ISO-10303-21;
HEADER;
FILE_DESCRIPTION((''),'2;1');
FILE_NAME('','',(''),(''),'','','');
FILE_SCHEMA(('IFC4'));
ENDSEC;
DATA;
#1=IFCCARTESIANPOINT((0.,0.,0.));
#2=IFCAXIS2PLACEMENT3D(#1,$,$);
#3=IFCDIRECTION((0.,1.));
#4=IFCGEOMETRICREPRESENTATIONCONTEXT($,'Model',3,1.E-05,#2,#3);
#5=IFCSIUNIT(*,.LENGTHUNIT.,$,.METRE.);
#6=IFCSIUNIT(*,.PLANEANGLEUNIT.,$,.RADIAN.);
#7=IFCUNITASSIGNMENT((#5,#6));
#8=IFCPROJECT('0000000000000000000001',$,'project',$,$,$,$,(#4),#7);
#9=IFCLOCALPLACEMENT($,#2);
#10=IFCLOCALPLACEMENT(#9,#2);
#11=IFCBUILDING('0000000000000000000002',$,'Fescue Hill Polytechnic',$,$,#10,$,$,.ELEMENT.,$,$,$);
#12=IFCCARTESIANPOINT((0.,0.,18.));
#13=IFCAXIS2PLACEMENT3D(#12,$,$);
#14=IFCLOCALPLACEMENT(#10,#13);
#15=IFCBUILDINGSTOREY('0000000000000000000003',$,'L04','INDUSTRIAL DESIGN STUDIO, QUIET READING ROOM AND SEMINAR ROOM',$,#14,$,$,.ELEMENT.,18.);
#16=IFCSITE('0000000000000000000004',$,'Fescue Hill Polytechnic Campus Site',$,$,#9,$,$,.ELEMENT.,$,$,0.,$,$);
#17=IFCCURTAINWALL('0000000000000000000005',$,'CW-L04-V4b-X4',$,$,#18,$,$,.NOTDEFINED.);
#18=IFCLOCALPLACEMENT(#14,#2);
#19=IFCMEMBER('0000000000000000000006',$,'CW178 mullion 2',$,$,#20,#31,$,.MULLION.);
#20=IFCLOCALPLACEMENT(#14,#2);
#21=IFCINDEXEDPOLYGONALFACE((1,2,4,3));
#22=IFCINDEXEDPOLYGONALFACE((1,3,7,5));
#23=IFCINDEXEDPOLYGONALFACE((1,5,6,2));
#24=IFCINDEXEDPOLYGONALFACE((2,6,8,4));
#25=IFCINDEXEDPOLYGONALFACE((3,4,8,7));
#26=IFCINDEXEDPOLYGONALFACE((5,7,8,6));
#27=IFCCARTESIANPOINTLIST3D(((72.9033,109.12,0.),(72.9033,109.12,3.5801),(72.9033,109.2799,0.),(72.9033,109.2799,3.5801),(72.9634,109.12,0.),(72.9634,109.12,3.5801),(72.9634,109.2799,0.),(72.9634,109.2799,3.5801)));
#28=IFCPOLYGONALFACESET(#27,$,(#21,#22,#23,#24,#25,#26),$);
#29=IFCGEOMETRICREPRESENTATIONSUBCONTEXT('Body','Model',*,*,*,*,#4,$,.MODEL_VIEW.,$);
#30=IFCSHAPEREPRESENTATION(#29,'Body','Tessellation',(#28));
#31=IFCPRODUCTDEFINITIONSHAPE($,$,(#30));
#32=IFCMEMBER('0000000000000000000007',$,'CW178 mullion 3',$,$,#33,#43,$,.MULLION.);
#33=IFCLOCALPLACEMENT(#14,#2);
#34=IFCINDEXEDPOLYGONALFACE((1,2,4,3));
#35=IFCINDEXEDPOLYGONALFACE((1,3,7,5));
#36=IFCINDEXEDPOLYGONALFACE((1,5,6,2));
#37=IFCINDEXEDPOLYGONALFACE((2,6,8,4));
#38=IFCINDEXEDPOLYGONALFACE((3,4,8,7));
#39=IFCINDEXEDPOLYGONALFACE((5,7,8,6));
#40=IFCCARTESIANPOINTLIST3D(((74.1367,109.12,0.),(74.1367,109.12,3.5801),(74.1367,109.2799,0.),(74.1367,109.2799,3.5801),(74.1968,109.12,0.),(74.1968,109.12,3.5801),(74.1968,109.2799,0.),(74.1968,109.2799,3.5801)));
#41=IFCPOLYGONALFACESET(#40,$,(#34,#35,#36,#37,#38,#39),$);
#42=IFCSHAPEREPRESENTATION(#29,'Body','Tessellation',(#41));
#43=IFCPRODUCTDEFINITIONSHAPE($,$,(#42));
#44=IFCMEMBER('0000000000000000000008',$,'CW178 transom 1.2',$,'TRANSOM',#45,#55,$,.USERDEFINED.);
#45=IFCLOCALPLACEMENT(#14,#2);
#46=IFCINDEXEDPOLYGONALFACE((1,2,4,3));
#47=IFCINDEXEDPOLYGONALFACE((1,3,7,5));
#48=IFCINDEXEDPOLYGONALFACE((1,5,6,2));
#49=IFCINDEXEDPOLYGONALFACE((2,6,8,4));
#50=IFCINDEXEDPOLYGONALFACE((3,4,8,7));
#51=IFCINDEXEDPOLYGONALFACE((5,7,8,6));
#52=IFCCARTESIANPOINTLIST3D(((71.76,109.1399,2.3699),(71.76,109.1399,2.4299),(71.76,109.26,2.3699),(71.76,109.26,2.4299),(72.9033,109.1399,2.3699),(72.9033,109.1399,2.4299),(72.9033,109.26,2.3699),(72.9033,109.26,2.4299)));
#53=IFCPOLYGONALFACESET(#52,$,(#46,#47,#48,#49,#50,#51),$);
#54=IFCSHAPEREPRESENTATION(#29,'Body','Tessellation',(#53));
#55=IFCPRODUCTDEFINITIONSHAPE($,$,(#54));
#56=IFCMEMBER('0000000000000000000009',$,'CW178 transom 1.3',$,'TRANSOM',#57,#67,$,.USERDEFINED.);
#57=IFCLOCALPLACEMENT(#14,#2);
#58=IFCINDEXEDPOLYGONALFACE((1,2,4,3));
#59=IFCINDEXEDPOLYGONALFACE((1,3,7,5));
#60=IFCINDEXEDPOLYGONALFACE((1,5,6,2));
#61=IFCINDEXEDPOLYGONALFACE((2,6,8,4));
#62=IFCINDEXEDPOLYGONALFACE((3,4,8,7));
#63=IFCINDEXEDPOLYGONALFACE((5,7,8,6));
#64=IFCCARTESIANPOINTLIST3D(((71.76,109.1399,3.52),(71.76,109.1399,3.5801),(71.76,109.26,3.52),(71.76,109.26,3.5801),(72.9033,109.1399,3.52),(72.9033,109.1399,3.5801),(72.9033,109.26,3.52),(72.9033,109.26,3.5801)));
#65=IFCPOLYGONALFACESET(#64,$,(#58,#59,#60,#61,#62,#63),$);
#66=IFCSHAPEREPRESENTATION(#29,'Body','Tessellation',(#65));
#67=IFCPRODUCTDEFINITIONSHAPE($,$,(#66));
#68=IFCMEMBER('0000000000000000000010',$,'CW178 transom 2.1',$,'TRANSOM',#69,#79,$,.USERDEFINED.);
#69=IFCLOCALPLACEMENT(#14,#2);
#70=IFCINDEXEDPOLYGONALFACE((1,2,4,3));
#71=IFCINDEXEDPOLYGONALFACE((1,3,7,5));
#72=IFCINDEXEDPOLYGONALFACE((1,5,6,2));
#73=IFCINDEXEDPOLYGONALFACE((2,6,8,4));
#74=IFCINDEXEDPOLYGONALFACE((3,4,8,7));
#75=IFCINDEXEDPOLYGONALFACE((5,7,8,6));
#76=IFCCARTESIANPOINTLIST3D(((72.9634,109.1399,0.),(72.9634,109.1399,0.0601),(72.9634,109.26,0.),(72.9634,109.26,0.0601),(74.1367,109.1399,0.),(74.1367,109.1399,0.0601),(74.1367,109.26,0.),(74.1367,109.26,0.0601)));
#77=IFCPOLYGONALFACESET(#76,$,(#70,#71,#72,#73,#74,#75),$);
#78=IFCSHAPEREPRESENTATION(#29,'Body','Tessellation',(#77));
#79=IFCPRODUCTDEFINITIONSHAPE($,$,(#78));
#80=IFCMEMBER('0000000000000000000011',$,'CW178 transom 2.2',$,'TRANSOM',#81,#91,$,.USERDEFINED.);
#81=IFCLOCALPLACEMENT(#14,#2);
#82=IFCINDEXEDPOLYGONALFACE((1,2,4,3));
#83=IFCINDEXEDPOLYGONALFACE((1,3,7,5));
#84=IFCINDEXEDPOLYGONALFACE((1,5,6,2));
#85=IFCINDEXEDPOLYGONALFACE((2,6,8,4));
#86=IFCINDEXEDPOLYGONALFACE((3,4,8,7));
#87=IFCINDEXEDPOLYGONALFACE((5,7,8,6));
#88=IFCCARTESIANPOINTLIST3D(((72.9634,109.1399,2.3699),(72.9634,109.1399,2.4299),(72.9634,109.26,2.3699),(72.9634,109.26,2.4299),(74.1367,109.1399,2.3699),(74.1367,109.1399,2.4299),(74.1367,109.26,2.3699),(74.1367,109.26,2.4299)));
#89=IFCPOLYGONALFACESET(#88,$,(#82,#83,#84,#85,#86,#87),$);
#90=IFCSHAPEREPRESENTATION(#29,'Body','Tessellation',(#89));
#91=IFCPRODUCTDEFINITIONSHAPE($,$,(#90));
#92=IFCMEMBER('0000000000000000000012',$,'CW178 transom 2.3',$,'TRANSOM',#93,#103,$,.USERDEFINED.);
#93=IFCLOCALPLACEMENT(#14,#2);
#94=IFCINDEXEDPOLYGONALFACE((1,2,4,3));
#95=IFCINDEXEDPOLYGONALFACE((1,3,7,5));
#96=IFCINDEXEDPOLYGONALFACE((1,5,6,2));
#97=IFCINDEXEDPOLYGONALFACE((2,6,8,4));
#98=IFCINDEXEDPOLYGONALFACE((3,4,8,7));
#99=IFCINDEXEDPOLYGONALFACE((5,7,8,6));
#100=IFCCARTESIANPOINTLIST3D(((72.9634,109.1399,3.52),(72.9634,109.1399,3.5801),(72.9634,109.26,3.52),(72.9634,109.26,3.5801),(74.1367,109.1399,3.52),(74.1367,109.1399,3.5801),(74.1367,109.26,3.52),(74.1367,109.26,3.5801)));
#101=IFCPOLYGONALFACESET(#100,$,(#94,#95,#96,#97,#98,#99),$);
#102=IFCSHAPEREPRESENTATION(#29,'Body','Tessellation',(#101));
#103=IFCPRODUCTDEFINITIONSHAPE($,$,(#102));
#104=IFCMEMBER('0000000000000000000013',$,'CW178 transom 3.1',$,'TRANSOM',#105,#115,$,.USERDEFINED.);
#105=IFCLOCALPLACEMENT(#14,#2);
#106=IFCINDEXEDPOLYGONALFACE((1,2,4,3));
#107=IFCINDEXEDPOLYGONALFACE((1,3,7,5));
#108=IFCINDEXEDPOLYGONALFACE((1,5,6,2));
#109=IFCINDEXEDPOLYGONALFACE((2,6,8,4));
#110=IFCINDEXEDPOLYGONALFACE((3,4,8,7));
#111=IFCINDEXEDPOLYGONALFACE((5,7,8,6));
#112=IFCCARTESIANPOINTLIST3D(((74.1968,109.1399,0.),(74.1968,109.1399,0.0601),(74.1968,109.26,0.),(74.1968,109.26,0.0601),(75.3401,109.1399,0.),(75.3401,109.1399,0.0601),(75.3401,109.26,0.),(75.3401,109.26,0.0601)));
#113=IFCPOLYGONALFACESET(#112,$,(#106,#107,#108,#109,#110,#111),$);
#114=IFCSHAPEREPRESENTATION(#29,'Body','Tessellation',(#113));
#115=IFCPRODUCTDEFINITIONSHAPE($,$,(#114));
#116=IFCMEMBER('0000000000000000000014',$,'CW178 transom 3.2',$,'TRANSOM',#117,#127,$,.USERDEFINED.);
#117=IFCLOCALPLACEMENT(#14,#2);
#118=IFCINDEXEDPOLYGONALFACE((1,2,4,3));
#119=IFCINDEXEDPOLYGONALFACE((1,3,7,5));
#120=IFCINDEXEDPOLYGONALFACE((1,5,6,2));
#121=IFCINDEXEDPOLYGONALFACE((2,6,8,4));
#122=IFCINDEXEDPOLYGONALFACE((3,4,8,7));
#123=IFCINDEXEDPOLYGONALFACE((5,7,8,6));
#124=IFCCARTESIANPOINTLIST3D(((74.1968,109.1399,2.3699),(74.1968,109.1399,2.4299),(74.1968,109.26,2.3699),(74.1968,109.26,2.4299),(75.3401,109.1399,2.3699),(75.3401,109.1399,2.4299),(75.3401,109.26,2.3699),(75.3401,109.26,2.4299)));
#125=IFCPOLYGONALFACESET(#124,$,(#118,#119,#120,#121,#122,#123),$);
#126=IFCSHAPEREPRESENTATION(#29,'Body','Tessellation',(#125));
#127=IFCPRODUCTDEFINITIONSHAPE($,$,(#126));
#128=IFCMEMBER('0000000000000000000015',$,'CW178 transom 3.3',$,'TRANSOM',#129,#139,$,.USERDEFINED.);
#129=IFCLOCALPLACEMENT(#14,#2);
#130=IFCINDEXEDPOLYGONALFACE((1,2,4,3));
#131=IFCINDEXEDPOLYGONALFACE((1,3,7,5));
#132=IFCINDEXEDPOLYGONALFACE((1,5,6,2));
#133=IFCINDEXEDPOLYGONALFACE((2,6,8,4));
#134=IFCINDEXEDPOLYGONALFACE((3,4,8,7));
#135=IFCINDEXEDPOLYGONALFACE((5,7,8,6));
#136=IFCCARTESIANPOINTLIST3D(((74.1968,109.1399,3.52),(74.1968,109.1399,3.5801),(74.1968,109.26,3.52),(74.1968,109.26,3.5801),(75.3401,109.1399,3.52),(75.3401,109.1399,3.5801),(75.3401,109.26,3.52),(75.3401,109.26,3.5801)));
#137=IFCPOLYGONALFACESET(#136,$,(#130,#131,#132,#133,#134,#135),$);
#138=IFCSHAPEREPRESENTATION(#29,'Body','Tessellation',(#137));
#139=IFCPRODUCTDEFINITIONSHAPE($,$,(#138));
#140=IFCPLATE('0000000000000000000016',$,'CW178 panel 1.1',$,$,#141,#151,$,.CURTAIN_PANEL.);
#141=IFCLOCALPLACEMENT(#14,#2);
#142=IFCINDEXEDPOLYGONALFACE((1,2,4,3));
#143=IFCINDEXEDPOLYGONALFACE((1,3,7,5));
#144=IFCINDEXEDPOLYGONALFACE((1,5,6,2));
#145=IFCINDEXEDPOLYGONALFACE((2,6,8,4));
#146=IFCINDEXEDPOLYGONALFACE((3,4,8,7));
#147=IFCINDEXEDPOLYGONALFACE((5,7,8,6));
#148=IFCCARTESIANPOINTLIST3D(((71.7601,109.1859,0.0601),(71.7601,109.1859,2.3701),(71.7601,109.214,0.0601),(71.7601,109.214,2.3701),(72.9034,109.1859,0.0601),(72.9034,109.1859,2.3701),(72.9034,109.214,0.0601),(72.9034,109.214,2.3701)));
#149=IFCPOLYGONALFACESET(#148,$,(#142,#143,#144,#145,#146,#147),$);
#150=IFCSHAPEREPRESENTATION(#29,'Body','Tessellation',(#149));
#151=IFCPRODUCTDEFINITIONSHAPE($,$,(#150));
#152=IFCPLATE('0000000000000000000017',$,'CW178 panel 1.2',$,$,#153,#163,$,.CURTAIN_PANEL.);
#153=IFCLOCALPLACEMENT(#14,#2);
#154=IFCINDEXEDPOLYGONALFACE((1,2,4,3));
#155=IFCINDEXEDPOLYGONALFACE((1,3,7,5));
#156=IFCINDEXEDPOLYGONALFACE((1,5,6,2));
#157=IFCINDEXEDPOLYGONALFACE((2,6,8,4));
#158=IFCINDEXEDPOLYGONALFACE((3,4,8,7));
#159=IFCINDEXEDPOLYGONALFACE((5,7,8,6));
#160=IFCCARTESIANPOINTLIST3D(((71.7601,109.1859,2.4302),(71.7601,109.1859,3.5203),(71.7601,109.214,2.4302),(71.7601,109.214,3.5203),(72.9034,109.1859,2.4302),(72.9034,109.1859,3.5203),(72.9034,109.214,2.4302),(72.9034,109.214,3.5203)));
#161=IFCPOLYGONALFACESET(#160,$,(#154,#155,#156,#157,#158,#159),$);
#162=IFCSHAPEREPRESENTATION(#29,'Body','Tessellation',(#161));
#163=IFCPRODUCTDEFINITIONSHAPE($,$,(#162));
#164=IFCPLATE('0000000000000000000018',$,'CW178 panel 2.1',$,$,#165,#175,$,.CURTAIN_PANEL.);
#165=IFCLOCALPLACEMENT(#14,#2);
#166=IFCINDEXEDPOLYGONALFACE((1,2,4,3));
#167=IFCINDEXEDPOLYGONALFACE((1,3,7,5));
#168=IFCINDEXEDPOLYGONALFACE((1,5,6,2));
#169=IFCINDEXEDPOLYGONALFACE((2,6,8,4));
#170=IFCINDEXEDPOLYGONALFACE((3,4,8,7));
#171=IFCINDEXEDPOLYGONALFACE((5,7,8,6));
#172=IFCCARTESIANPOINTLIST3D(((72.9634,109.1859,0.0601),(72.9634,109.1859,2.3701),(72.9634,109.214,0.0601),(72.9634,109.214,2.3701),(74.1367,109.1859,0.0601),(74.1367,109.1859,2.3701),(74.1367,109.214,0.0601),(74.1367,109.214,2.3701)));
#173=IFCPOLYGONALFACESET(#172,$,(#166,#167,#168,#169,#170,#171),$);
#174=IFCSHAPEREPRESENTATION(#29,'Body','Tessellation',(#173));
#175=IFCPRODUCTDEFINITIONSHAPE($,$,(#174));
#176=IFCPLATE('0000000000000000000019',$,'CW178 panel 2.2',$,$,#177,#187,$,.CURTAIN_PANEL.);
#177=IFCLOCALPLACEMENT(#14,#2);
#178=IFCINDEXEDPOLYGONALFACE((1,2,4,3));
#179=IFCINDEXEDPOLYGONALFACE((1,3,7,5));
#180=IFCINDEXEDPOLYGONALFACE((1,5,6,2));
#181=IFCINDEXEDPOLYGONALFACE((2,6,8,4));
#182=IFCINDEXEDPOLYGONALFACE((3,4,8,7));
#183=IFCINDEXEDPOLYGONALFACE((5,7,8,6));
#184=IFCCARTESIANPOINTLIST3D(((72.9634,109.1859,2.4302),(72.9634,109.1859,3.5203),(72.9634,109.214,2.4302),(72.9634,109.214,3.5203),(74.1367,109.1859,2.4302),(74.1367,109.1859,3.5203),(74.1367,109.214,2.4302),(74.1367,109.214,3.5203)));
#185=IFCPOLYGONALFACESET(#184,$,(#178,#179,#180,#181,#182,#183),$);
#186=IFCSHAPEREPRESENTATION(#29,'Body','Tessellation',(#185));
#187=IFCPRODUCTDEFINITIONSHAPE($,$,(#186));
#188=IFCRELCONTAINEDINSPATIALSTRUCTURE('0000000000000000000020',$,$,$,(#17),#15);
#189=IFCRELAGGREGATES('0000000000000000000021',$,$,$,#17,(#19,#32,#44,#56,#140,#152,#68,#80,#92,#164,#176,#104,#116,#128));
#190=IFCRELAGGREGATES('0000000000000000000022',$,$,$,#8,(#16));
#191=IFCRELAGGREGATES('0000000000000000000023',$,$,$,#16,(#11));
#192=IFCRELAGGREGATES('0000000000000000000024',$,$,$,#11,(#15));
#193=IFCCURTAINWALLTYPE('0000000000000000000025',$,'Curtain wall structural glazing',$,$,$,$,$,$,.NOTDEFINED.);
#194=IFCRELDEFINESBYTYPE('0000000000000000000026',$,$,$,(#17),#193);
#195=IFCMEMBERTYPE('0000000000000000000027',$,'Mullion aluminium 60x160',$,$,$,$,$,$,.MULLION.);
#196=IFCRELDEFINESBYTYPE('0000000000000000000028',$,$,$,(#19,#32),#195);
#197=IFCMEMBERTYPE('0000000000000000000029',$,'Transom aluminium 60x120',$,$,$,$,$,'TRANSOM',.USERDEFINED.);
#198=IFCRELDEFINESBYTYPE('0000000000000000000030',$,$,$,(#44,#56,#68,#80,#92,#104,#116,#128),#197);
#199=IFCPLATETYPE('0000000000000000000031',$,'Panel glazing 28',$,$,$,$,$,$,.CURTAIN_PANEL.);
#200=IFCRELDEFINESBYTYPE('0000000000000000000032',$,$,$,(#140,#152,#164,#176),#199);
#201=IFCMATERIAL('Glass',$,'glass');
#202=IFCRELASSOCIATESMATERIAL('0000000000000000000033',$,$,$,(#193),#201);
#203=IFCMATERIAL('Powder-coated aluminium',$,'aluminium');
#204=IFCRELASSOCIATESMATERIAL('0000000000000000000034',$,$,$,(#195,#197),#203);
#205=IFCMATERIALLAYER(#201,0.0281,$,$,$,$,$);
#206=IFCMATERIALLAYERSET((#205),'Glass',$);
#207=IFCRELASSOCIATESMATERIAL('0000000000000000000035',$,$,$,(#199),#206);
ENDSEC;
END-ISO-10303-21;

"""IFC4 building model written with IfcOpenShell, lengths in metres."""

from ifc_helpers import new_model, si_unit, direction, frame, origin, origin_2d, place, context, subcontext, project, spatial, rectangle, extrude, material, layer, layer_set, material_profile, profile_set, type_object, element, aggregate, save


model = new_model("IFC4")

# Units and contexts
model_context = context("Model", 3, precision=1e-05, world=origin(), true_north=direction((0.0, 1.0)))
body_context = subcontext(model_context, "Body", "Model", "MODEL_VIEW")
ifc_project = project(units=[si_unit("LENGTHUNIT", "METRE"), si_unit("PLANEANGLEUNIT", "RADIAN")], contexts=[model_context])

# Site, building, storey
site_placement = place(None, origin())
site = spatial("IfcSite", under=ifc_project, at=site_placement, Name="Fescue Hill Polytechnic Campus Site", CompositionType="ELEMENT", RefElevation=0.0)
building_placement = place(site_placement, origin())
building = spatial("IfcBuilding", under=site, at=building_placement, Name="Fescue Hill Polytechnic", CompositionType="ELEMENT")
storey_placement = place(building_placement, frame((0.0, 0.0, 18.0)))
storey = spatial("IfcBuildingStorey", under=building, at=storey_placement, Name="L04", Description="INDUSTRIAL DESIGN STUDIO, QUIET READING ROOM AND SEMINAR ROOM", CompositionType="ELEMENT", Elevation=18.0)

# Curtain wall, members, plates
ifc_material_1 = material(Name="Glass", Category="glass")
curtain_wall_type = type_object("IfcCurtainWallType", Name="Curtain wall structural glazing", PredefinedType="NOTDEFINED", material=ifc_material_1)
curtain_wall_placement = place(storey_placement, origin())
curtain_wall = element("IfcCurtainWall", 1, at=curtain_wall_placement, inside=storey, type_object=curtain_wall_type, Name="CW-L04-V4b-X4", PredefinedType="NOTDEFINED")
ifc_material_2 = material(Name="Powder-coated aluminium", Category="aluminium")
ifc_material_profile_1 = material_profile(ifc_material_2, rectangle(XDim=0.1599, YDim=0.0601, at=origin_2d()), Name="Mullion aluminium 60x160")
ifc_profile_set_1 = profile_set([ifc_material_profile_1], Name="Powder-coated aluminium")
member_type_1 = type_object("IfcMemberType", Name="Mullion aluminium 60x160", PredefinedType="MULLION", material=ifc_profile_set_1)
member_1_placement = place(storey_placement, frame((72.9333, 109.2, 0.0), z_axis=(0.0, 0.0, 1.0), x_axis=(0.0, 1.0, 0.0)))
member_1 = element("IfcMember", 2, at=member_1_placement, type_object=member_type_1, Name="CW178 mullion 2", PredefinedType="MULLION", context=body_context, shape_type="SweptSolid", body=[
    extrude(rectangle(XDim=0.1599, YDim=0.0601, at=origin_2d()), origin(), (0.0, 0.0, 1.0), 3.5801),
])
member_2_placement = place(storey_placement, frame((74.1667, 109.2, 0.0), z_axis=(0.0, 0.0, 1.0), x_axis=(0.0, 1.0, 0.0)))
member_2 = element("IfcMember", 3, at=member_2_placement, type_object=member_type_1, Name="CW178 mullion 3", PredefinedType="MULLION", context=body_context, shape_type="SweptSolid", body=[
    extrude(rectangle(XDim=0.1599, YDim=0.0601, at=origin_2d()), origin(), (0.0, 0.0, 1.0), 3.5801),
])
ifc_material_profile_2 = material_profile(ifc_material_2, rectangle(XDim=0.1201, YDim=0.0601, at=origin_2d()), Name="Transom aluminium 60x120")
ifc_profile_set_2 = profile_set([ifc_material_profile_2], Name="Powder-coated aluminium")
member_type_2 = type_object("IfcMemberType", Name="Transom aluminium 60x120", ElementType="TRANSOM", PredefinedType="USERDEFINED", material=ifc_profile_set_2)
member_3_placement = place(storey_placement, frame((71.76, 109.2, 2.3999), z_axis=(1.0, 0.0, 0.0), x_axis=(0.0, 1.0, 0.0)))
member_3 = element("IfcMember", 4, at=member_3_placement, type_object=member_type_2, Name="CW178 transom 1.2", ObjectType="TRANSOM", PredefinedType="USERDEFINED", context=body_context, shape_type="SweptSolid", body=[
    extrude(rectangle(XDim=0.1201, YDim=0.0601, at=origin_2d()), origin(), (0.0, 0.0, 1.0), 1.1433),
])
member_4_placement = place(storey_placement, frame((71.76, 109.2, 3.55), z_axis=(1.0, 0.0, 0.0), x_axis=(0.0, 1.0, 0.0)))
member_4 = element("IfcMember", 5, at=member_4_placement, type_object=member_type_2, Name="CW178 transom 1.3", ObjectType="TRANSOM", PredefinedType="USERDEFINED", context=body_context, shape_type="SweptSolid", body=[
    extrude(rectangle(XDim=0.1201, YDim=0.0601, at=origin_2d()), origin(), (0.0, 0.0, 1.0), 1.1433),
])
member_5_placement = place(storey_placement, frame((72.9634, 109.2, 0.03), z_axis=(1.0, 0.0, 0.0), x_axis=(0.0, 1.0, 0.0)))
member_5 = element("IfcMember", 6, at=member_5_placement, type_object=member_type_2, Name="CW178 transom 2.1", ObjectType="TRANSOM", PredefinedType="USERDEFINED", context=body_context, shape_type="SweptSolid", body=[
    extrude(rectangle(XDim=0.1201, YDim=0.0601, at=origin_2d()), origin(), (0.0, 0.0, 1.0), 1.1733),
])
member_6_placement = place(storey_placement, frame((72.9634, 109.2, 2.3999), z_axis=(1.0, 0.0, 0.0), x_axis=(0.0, 1.0, 0.0)))
member_6 = element("IfcMember", 7, at=member_6_placement, type_object=member_type_2, Name="CW178 transom 2.2", ObjectType="TRANSOM", PredefinedType="USERDEFINED", context=body_context, shape_type="SweptSolid", body=[
    extrude(rectangle(XDim=0.1201, YDim=0.0601, at=origin_2d()), origin(), (0.0, 0.0, 1.0), 1.1733),
])
member_7_placement = place(storey_placement, frame((72.9634, 109.2, 3.55), z_axis=(1.0, 0.0, 0.0), x_axis=(0.0, 1.0, 0.0)))
member_7 = element("IfcMember", 8, at=member_7_placement, type_object=member_type_2, Name="CW178 transom 2.3", ObjectType="TRANSOM", PredefinedType="USERDEFINED", context=body_context, shape_type="SweptSolid", body=[
    extrude(rectangle(XDim=0.1201, YDim=0.0601, at=origin_2d()), origin(), (0.0, 0.0, 1.0), 1.1733),
])
member_8_placement = place(storey_placement, frame((74.1968, 109.2, 0.03), z_axis=(1.0, 0.0, 0.0), x_axis=(0.0, 1.0, 0.0)))
member_8 = element("IfcMember", 9, at=member_8_placement, type_object=member_type_2, Name="CW178 transom 3.1", ObjectType="TRANSOM", PredefinedType="USERDEFINED", context=body_context, shape_type="SweptSolid", body=[
    extrude(rectangle(XDim=0.1201, YDim=0.0601, at=origin_2d()), origin(), (0.0, 0.0, 1.0), 1.1433),
])
member_9_placement = place(storey_placement, frame((74.1968, 109.2, 2.3999), z_axis=(1.0, 0.0, 0.0), x_axis=(0.0, 1.0, 0.0)))
member_9 = element("IfcMember", 10, at=member_9_placement, type_object=member_type_2, Name="CW178 transom 3.2", ObjectType="TRANSOM", PredefinedType="USERDEFINED", context=body_context, shape_type="SweptSolid", body=[
    extrude(rectangle(XDim=0.1201, YDim=0.0601, at=origin_2d()), origin(), (0.0, 0.0, 1.0), 1.1433),
])
member_10_placement = place(storey_placement, frame((74.1968, 109.2, 3.55), z_axis=(1.0, 0.0, 0.0), x_axis=(0.0, 1.0, 0.0)))
member_10 = element("IfcMember", 11, at=member_10_placement, type_object=member_type_2, Name="CW178 transom 3.3", ObjectType="TRANSOM", PredefinedType="USERDEFINED", context=body_context, shape_type="SweptSolid", body=[
    extrude(rectangle(XDim=0.1201, YDim=0.0601, at=origin_2d()), origin(), (0.0, 0.0, 1.0), 1.1433),
])
ifc_layer = layer(ifc_material_1, 0.0281)
ifc_layer_set = layer_set([ifc_layer], Name="Glass")
plate_type = type_object("IfcPlateType", Name="Panel glazing 28", PredefinedType="CURTAIN_PANEL", material=ifc_layer_set)
plate_1_placement = place(storey_placement, frame((72.3318, 109.2, 0.0601), z_axis=(0.0, 0.0, 1.0), x_axis=(1.0, 0.0, 0.0)))
plate_1 = element("IfcPlate", 12, at=plate_1_placement, type_object=plate_type, Name="CW178 panel 1.1", PredefinedType="CURTAIN_PANEL", context=body_context, shape_type="SweptSolid", body=[
    extrude(rectangle(XDim=1.1433, YDim=0.0281, at=origin_2d()), origin(), (0.0, 0.0, 1.0), 2.3101),
])
plate_2_placement = place(storey_placement, frame((72.3318, 109.2, 2.4302), z_axis=(0.0, 0.0, 1.0), x_axis=(1.0, 0.0, 0.0)))
plate_2 = element("IfcPlate", 13, at=plate_2_placement, type_object=plate_type, Name="CW178 panel 1.2", PredefinedType="CURTAIN_PANEL", context=body_context, shape_type="SweptSolid", body=[
    extrude(rectangle(XDim=1.1433, YDim=0.0281, at=origin_2d()), origin(), (0.0, 0.0, 1.0), 1.0901),
])
plate_3_placement = place(storey_placement, frame((73.55, 109.2, 0.0601), z_axis=(0.0, 0.0, 1.0), x_axis=(1.0, 0.0, 0.0)))
plate_3 = element("IfcPlate", 14, at=plate_3_placement, type_object=plate_type, Name="CW178 panel 2.1", PredefinedType="CURTAIN_PANEL", context=body_context, shape_type="SweptSolid", body=[
    extrude(rectangle(XDim=1.1733, YDim=0.0281, at=origin_2d()), origin(), (0.0, 0.0, 1.0), 2.3101),
])
plate_4_placement = place(storey_placement, frame((73.55, 109.2, 2.4302), z_axis=(0.0, 0.0, 1.0), x_axis=(1.0, 0.0, 0.0)))
plate_4 = element("IfcPlate", 15, at=plate_4_placement, type_object=plate_type, Name="CW178 panel 2.2", PredefinedType="CURTAIN_PANEL", context=body_context, shape_type="SweptSolid", body=[
    extrude(rectangle(XDim=1.1733, YDim=0.0281, at=origin_2d()), origin(), (0.0, 0.0, 1.0), 1.0901),
])
aggregate(curtain_wall, [member_1, member_2, member_3, member_4, plate_1, plate_2, member_5, member_6, member_7, plate_3, plate_4, member_8, member_9, member_10])

save(model, "model.ifc")
